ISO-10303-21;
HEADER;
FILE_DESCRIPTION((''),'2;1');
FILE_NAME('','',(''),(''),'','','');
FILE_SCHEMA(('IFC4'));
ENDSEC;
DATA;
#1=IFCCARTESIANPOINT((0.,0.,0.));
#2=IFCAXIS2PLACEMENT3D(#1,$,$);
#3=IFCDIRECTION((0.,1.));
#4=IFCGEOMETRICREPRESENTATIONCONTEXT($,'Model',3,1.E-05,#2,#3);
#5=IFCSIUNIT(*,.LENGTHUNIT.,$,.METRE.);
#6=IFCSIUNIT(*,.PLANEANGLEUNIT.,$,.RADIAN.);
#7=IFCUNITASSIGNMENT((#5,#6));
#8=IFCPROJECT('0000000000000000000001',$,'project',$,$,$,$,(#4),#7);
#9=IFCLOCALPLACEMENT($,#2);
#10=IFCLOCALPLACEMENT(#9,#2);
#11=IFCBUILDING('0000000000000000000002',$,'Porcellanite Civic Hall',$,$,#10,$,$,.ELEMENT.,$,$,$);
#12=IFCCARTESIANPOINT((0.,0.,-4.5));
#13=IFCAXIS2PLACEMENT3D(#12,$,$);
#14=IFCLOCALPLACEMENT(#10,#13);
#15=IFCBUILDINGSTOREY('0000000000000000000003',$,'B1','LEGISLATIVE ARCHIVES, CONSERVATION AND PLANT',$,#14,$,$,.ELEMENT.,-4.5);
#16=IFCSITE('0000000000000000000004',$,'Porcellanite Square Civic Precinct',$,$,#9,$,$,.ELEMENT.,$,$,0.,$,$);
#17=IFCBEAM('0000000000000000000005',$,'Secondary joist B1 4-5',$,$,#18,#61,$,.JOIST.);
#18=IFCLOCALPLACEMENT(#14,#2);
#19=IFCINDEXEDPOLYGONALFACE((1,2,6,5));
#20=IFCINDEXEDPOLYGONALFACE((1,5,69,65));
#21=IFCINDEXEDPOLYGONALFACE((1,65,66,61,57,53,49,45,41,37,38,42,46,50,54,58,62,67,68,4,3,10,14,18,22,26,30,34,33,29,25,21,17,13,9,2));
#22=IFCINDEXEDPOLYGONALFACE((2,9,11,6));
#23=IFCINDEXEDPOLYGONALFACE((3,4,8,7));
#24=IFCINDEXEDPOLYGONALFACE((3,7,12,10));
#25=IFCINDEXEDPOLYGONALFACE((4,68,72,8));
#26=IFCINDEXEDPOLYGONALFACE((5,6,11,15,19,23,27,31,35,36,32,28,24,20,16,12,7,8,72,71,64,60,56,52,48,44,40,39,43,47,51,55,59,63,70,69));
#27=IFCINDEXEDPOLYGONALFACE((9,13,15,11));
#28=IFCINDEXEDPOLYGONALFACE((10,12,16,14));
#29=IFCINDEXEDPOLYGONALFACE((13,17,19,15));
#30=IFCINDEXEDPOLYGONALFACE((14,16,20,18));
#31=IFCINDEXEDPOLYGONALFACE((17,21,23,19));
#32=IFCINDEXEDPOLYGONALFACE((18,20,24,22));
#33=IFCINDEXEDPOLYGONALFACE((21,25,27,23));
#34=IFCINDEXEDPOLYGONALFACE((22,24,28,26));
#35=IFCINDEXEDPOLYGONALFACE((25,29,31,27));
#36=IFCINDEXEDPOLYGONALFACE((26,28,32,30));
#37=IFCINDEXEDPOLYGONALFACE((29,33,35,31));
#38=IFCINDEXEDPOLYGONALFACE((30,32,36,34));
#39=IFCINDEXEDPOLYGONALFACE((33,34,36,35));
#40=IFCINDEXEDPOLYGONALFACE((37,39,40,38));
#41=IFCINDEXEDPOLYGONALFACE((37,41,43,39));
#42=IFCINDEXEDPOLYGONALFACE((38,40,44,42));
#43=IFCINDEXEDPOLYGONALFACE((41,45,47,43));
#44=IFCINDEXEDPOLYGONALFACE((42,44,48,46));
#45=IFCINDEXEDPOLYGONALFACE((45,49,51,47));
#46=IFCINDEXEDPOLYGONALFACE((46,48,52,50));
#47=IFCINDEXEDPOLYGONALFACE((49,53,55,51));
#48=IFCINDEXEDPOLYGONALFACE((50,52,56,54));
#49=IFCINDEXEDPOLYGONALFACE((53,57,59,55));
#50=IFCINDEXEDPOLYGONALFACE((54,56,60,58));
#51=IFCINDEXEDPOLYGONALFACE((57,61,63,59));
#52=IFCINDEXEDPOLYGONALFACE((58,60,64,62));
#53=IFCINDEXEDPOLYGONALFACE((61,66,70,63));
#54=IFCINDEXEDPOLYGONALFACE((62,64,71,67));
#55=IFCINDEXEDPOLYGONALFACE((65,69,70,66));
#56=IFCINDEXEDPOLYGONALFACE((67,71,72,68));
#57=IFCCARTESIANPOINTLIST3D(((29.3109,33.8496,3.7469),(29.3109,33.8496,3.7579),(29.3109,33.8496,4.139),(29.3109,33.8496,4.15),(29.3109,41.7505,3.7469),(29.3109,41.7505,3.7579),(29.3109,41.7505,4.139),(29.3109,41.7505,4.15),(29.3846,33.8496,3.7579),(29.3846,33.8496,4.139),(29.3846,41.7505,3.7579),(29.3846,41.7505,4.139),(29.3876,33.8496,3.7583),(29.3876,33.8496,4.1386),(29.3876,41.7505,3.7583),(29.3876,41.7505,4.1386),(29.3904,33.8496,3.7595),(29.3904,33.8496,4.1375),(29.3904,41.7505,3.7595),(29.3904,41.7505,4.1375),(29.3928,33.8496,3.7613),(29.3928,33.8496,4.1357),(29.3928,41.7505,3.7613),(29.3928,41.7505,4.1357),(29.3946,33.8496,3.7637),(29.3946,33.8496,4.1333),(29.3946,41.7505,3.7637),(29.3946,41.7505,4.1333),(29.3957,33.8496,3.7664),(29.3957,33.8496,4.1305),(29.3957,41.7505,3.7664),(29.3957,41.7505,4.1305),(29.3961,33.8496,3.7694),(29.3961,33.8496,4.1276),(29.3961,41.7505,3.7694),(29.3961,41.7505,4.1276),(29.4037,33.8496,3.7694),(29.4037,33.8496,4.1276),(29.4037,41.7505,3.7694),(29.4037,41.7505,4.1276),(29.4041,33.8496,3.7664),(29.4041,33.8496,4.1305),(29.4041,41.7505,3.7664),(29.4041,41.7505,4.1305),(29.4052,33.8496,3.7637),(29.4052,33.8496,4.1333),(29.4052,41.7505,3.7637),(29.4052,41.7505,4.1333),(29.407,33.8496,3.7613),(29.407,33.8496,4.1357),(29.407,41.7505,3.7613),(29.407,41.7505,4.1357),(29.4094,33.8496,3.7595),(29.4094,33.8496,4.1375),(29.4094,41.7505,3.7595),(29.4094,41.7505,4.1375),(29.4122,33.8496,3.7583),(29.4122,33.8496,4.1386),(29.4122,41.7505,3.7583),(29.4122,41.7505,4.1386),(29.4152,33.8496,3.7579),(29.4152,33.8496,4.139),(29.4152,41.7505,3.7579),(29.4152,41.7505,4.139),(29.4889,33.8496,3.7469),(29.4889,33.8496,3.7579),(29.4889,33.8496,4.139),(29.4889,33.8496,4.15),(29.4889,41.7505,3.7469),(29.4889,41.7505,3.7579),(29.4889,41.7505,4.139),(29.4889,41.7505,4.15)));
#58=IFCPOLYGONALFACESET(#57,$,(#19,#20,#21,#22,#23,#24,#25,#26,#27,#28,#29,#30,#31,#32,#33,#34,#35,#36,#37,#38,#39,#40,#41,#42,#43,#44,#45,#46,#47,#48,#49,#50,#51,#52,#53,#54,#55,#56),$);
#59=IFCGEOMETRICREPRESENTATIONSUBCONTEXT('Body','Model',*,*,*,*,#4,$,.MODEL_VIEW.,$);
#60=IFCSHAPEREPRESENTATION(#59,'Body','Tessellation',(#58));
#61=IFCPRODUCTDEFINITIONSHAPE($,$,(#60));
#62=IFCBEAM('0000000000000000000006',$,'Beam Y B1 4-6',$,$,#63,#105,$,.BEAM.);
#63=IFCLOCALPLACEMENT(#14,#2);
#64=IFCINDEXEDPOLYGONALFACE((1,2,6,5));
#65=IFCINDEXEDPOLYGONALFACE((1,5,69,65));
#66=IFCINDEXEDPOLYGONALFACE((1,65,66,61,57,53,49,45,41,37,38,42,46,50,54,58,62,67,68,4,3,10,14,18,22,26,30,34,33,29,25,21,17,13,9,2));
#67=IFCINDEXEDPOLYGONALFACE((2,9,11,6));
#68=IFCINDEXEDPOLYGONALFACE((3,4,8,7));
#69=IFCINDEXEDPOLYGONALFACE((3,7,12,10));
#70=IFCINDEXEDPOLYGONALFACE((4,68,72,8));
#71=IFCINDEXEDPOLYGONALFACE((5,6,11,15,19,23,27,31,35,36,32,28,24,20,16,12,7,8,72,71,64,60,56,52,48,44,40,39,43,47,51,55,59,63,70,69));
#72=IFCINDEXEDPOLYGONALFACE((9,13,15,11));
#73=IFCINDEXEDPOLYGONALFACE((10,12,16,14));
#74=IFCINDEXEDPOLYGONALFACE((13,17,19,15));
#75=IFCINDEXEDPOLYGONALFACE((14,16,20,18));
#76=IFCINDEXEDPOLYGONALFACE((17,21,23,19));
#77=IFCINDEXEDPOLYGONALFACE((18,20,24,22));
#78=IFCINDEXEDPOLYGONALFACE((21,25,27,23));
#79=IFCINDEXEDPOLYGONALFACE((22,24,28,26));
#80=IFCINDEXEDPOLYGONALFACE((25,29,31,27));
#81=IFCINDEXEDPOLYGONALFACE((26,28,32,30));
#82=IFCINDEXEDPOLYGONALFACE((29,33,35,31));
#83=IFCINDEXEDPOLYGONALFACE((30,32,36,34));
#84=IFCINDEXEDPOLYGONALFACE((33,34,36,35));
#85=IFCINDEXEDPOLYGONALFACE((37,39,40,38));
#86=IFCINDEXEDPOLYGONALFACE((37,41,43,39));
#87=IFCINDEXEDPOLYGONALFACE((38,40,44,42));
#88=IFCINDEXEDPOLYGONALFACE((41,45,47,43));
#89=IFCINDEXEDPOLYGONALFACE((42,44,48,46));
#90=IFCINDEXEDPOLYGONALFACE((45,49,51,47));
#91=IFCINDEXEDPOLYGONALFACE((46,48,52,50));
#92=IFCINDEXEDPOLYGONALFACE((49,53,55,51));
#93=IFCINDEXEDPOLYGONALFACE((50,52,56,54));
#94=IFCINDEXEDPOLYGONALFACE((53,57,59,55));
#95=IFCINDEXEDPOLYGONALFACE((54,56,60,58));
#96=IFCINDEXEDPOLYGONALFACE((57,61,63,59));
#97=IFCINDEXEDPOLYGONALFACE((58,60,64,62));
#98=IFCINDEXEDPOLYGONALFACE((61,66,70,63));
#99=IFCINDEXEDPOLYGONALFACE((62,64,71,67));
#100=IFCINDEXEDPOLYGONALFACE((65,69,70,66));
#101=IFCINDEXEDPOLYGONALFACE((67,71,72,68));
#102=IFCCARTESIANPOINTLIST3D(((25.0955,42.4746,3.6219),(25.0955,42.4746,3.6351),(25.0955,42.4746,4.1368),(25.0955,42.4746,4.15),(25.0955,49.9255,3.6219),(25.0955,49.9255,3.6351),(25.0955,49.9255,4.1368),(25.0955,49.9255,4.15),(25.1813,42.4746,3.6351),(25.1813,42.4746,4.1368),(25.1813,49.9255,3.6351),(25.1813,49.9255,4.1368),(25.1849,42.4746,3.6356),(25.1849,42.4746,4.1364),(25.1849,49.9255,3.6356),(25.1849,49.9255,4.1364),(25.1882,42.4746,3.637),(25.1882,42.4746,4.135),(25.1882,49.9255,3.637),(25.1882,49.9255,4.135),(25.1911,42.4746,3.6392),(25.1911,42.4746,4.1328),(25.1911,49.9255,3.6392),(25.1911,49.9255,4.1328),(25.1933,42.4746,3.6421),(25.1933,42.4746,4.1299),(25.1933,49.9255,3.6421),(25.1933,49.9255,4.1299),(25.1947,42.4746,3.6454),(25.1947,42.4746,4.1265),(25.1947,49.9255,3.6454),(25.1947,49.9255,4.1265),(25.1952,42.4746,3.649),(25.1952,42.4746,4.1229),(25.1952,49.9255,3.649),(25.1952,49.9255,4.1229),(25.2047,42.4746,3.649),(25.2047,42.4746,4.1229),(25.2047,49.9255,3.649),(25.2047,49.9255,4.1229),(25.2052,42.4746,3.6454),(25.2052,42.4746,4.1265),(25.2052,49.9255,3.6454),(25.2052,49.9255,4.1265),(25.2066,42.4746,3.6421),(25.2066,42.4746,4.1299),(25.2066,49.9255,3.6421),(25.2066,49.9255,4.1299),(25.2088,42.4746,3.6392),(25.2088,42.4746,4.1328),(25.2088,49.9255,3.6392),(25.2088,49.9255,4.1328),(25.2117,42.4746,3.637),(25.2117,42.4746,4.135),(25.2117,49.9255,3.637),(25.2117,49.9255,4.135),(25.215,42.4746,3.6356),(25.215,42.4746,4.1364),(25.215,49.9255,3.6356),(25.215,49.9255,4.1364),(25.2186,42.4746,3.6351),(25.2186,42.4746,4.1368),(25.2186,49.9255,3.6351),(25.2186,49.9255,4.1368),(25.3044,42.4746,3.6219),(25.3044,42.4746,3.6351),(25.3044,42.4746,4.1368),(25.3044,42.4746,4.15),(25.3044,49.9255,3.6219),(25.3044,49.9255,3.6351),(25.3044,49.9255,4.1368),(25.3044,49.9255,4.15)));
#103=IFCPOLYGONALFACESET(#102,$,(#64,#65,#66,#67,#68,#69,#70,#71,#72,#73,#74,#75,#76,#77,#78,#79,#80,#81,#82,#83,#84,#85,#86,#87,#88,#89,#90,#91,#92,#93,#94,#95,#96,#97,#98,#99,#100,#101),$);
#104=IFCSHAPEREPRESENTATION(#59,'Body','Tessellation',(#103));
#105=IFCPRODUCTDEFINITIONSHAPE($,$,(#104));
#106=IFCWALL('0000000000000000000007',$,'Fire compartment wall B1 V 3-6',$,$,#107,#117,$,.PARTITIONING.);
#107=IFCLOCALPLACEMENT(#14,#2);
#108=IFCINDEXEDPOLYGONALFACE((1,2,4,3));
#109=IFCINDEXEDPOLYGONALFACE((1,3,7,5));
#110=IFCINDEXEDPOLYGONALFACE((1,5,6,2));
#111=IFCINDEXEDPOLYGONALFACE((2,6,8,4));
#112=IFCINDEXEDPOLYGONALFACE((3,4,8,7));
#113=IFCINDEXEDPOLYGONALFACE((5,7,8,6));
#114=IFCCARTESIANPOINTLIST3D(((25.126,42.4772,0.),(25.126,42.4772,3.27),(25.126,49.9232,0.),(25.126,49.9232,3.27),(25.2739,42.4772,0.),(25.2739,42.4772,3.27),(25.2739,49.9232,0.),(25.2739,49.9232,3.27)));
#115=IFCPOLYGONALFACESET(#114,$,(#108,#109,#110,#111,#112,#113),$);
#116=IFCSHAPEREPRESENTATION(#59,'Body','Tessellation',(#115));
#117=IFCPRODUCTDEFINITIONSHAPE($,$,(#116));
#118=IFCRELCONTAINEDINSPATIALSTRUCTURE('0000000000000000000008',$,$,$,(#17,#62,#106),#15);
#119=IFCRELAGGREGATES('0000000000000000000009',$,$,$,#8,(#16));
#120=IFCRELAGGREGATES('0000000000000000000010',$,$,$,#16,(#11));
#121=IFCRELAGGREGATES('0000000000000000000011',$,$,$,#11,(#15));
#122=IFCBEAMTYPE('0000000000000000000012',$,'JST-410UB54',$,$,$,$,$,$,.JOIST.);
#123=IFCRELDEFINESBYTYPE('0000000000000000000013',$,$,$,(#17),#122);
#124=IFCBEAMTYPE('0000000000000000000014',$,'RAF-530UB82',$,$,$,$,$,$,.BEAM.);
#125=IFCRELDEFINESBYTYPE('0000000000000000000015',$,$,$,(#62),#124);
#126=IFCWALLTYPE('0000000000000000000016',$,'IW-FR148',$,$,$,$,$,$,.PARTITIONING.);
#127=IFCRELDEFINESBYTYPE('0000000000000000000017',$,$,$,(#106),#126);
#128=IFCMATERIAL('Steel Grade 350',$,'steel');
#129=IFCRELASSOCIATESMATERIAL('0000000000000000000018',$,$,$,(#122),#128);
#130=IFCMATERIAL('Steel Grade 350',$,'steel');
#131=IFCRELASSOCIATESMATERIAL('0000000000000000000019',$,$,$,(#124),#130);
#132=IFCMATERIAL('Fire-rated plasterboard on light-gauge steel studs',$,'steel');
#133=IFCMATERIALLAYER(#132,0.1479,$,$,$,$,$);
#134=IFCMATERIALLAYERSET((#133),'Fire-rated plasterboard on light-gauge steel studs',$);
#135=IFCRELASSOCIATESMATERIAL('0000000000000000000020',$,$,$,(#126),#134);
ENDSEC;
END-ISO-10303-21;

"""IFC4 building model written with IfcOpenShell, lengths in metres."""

from ifc_helpers import new_model, si_unit, direction, frame, frame_2d, origin, origin_2d, place, context, subcontext, project, spatial, rectangle, i_section, extrude, material, layer, layer_set, material_profile, profile_set, type_object, element, save


model = new_model("IFC4")

# Units and contexts
model_context = context("Model", 3, precision=1e-05, world=origin(), true_north=direction((0.0, 1.0)))
body_context = subcontext(model_context, "Body", "Model", "MODEL_VIEW")
ifc_project = project(units=[si_unit("LENGTHUNIT", "METRE"), si_unit("PLANEANGLEUNIT", "RADIAN")], contexts=[model_context])

# Site, building, storey
site_placement = place(None, origin())
site = spatial("IfcSite", under=ifc_project, at=site_placement, Name="Porcellanite Square Civic Precinct", CompositionType="ELEMENT", RefElevation=0.0)
building_placement = place(site_placement, origin())
building = spatial("IfcBuilding", under=site, at=building_placement, Name="Porcellanite Civic Hall", CompositionType="ELEMENT")
storey_placement = place(building_placement, frame((0.0, 0.0, -4.5)))
storey = spatial("IfcBuildingStorey", under=building, at=storey_placement, Name="B1", Description="LEGISLATIVE ARCHIVES, CONSERVATION AND PLANT", CompositionType="ELEMENT", Elevation=-4.5)

# Beams
ifc_material_1 = material(Name="Steel Grade 350", Category="steel")
ifc_material_profile_1 = material_profile(ifc_material_1, i_section(OverallWidth=0.178, OverallDepth=0.4031, WebThickness=0.0076, FlangeThickness=0.011, FilletRadius=0.0115, at=origin_2d()), Name="410UB53.7")
ifc_profile_set_1 = profile_set([ifc_material_profile_1], Name="Steel Grade 350")
beam_type_1 = type_object("IfcBeamType", Name="JST-410UB54", PredefinedType="JOIST", material=ifc_profile_set_1)
beam_1_placement = place(storey_placement, frame((29.3999, 33.8496, 3.9485), z_axis=(0.0, 1.0, 0.0), x_axis=(-1.0, 0.0, 0.0)))
element("IfcBeam", 1, at=beam_1_placement, inside=storey, type_object=beam_type_1, Name="Secondary joist B1 4-5", PredefinedType="JOIST", context=body_context, shape_type="SweptSolid", body=[
    extrude(i_section(OverallWidth=0.178, OverallDepth=0.4031, WebThickness=0.0076, FlangeThickness=0.011, FilletRadius=0.0115, at=origin_2d()), origin(), (0.0, 0.0, 1.0), 7.9009),
])
ifc_material_2 = material(Name="Steel Grade 350", Category="steel")
ifc_material_profile_2 = material_profile(ifc_material_2, i_section(OverallWidth=0.209, OverallDepth=0.5281, WebThickness=0.0095, FlangeThickness=0.0132, FilletRadius=0.0139, at=origin_2d()), Name="530UB82.0")
ifc_profile_set_2 = profile_set([ifc_material_profile_2], Name="Steel Grade 350")
beam_type_2 = type_object("IfcBeamType", Name="RAF-530UB82", PredefinedType="BEAM", material=ifc_profile_set_2)
beam_2_placement = place(storey_placement, frame((25.2, 42.4746, 3.886), z_axis=(0.0, 1.0, 0.0), x_axis=(-1.0, 0.0, 0.0)))
element("IfcBeam", 2, at=beam_2_placement, inside=storey, type_object=beam_type_2, Name="Beam Y B1 4-6", PredefinedType="BEAM", context=body_context, shape_type="SweptSolid", body=[
    extrude(i_section(OverallWidth=0.209, OverallDepth=0.5281, WebThickness=0.0095, FlangeThickness=0.0132, FilletRadius=0.0139, at=origin_2d()), origin(), (0.0, 0.0, 1.0), 7.4509),
])

# Wall
ifc_material_3 = material(Name="Fire-rated plasterboard on light-gauge steel studs", Category="steel")
ifc_layer_1 = layer(ifc_material_3, 0.1479)
ifc_layer_set_1 = layer_set([ifc_layer_1], Name="Fire-rated plasterboard on light-gauge steel studs")
wall_type_1 = type_object("IfcWallType", Name="IW-FR148", PredefinedType="PARTITIONING", material=ifc_layer_set_1)
wall_1_placement = place(storey_placement, frame((25.2, 42.4771, 0.0), z_axis=(0.0, 0.0, 1.0), x_axis=(0.0, 1.0, 0.0)))
element("IfcWall", 3, at=wall_1_placement, inside=storey, type_object=wall_type_1, Name="Fire compartment wall B1 V 3-6", PredefinedType="PARTITIONING", context=body_context, shape_type="SweptSolid", body=[
    extrude(rectangle(XDim=7.446, YDim=0.1479, at=frame_2d((3.7231, 0.0))), origin(), (0.0, 0.0, 1.0), 3.27),
])

save(model, "model.ifc")
